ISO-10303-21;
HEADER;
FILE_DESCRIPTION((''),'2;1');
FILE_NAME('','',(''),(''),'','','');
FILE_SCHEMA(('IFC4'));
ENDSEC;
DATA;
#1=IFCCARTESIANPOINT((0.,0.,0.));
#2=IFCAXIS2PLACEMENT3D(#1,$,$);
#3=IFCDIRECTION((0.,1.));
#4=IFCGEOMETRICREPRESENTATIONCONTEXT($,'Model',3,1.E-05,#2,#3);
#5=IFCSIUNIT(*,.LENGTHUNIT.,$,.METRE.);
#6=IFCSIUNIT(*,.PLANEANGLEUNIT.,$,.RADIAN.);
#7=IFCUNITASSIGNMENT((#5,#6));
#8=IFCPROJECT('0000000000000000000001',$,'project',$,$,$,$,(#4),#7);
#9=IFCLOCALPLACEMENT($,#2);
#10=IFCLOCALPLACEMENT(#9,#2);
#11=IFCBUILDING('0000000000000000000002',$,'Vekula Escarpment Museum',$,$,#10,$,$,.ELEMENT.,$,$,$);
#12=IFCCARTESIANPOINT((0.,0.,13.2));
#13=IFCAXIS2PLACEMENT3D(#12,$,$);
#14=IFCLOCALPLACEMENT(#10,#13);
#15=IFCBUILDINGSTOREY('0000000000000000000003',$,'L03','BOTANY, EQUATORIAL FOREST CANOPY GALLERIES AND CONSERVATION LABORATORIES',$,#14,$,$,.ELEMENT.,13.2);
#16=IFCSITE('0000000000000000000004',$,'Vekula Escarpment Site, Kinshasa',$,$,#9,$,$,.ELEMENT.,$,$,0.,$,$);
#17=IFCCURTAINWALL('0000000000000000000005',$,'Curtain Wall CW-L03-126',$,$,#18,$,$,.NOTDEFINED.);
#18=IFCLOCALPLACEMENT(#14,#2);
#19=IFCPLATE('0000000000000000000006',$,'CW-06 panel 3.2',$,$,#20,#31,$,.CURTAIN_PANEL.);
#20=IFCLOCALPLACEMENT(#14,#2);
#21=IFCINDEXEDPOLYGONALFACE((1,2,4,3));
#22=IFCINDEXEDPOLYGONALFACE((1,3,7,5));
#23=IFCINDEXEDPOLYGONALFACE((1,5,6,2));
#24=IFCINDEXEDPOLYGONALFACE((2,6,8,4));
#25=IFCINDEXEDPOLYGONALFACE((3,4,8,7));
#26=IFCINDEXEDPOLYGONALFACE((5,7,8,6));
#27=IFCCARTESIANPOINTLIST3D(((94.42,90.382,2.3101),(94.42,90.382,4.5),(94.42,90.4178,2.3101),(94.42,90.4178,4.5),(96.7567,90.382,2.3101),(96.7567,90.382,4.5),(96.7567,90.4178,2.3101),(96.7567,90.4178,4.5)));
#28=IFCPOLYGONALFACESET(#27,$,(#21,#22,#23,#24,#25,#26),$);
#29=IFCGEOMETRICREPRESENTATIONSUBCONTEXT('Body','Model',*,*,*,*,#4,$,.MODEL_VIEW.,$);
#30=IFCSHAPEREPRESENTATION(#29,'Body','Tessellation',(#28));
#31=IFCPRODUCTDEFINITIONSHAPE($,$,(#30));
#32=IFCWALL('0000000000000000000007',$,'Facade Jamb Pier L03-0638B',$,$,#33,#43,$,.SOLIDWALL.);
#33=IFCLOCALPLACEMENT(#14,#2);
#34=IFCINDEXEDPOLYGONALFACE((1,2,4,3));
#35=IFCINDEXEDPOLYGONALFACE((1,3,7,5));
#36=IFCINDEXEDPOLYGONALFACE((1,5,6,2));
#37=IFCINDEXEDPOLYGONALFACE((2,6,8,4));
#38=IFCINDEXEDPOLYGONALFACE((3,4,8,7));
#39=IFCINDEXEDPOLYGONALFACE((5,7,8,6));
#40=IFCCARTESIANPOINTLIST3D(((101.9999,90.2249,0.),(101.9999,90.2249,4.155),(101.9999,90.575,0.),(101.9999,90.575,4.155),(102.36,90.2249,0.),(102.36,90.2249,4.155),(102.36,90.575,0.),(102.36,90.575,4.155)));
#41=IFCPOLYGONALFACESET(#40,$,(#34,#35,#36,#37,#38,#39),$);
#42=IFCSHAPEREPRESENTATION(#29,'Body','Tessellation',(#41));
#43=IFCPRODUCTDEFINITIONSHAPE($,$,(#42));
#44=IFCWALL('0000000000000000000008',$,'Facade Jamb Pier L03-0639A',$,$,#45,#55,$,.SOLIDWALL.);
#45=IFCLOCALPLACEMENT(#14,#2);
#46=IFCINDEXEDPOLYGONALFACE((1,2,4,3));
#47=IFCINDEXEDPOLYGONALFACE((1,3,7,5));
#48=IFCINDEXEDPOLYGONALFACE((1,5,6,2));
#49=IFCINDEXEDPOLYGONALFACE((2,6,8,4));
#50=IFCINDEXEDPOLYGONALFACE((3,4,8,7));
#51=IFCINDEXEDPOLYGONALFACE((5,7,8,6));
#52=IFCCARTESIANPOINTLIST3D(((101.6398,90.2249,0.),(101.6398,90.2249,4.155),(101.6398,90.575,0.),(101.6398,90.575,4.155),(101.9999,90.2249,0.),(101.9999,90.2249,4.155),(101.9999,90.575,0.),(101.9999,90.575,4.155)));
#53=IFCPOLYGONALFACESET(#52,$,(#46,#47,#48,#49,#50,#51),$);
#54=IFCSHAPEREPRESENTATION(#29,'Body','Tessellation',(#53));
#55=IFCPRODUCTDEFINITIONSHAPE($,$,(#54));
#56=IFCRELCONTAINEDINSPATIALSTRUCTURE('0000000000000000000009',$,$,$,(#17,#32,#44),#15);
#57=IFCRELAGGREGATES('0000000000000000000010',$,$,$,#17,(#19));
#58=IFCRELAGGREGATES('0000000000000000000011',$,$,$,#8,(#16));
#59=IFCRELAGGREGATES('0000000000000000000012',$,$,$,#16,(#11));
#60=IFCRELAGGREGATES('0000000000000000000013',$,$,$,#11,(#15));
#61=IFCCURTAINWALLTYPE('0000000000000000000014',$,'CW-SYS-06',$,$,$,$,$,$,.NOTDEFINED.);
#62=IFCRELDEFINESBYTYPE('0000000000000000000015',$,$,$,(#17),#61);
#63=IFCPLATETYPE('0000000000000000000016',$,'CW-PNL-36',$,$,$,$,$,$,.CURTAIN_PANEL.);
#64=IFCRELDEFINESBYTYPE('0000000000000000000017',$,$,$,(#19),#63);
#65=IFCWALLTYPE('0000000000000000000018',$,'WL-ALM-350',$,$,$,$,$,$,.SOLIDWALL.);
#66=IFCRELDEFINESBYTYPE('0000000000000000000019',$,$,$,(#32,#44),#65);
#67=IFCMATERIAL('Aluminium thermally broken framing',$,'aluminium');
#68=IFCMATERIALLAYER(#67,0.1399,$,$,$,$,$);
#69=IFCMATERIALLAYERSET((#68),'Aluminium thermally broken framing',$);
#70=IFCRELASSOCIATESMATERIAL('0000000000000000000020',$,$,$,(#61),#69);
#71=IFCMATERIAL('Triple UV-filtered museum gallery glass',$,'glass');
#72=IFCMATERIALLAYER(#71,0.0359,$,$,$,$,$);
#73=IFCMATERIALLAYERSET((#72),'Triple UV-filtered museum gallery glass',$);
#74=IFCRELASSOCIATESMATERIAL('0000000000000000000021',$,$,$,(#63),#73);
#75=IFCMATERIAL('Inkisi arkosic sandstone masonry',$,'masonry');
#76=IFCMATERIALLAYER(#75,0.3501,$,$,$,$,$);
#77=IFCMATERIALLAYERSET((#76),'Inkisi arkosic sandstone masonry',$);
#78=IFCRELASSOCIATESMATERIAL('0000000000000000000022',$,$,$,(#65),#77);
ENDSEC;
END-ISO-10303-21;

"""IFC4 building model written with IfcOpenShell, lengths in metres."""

from ifc_helpers import new_model, si_unit, direction, frame, frame_2d, origin, origin_2d, place, context, subcontext, project, spatial, rectangle, extrude, material, layer, layer_set, type_object, element, aggregate, save


model = new_model("IFC4")

# Units and contexts
model_context = context("Model", 3, precision=1e-05, world=origin(), true_north=direction((0.0, 1.0)))
body_context = subcontext(model_context, "Body", "Model", "MODEL_VIEW")
ifc_project = project(units=[si_unit("LENGTHUNIT", "METRE"), si_unit("PLANEANGLEUNIT", "RADIAN")], contexts=[model_context])

# Site, building, storey
site_placement = place(None, origin())
site = spatial("IfcSite", under=ifc_project, at=site_placement, Name="Vekula Escarpment Site, Kinshasa", CompositionType="ELEMENT", RefElevation=0.0)
building_placement = place(site_placement, origin())
building = spatial("IfcBuilding", under=site, at=building_placement, Name="Vekula Escarpment Museum", CompositionType="ELEMENT")
storey_placement = place(building_placement, frame((0.0, 0.0, 13.2)))
storey = spatial("IfcBuildingStorey", under=building, at=storey_placement, Name="L03", Description="BOTANY, EQUATORIAL FOREST CANOPY GALLERIES AND CONSERVATION LABORATORIES", CompositionType="ELEMENT", Elevation=13.2)

# Curtain wall
ifc_material_1 = material(Name="Aluminium thermally broken framing", Category="aluminium")
ifc_layer_1 = layer(ifc_material_1, 0.1399)
ifc_layer_set_1 = layer_set([ifc_layer_1], Name="Aluminium thermally broken framing")
curtain_wall_type_1 = type_object("IfcCurtainWallType", Name="CW-SYS-06", PredefinedType="NOTDEFINED", material=ifc_layer_set_1)
curtain_wall_1_placement = place(storey_placement, origin())
curtain_wall_1 = element("IfcCurtainWall", 1, at=curtain_wall_1_placement, inside=storey, type_object=curtain_wall_type_1, Name="Curtain Wall CW-L03-126", PredefinedType="NOTDEFINED")

# Plate
ifc_material_2 = material(Name="Triple UV-filtered museum gallery glass", Category="glass")
ifc_layer_2 = layer(ifc_material_2, 0.0359)
ifc_layer_set_2 = layer_set([ifc_layer_2], Name="Triple UV-filtered museum gallery glass")
plate_type_1 = type_object("IfcPlateType", Name="CW-PNL-36", PredefinedType="CURTAIN_PANEL", material=ifc_layer_set_2)
plate_1_placement = place(storey_placement, frame((95.5884, 90.3999, 2.3101), z_axis=(0.0, 0.0, 1.0), x_axis=(-1.0, 0.0, 0.0)))
plate_1 = element("IfcPlate", 2, at=plate_1_placement, type_object=plate_type_1, Name="CW-06 panel 3.2", PredefinedType="CURTAIN_PANEL", context=body_context, shape_type="SweptSolid", body=[
    extrude(rectangle(XDim=2.3367, YDim=0.0359, at=origin_2d()), origin(), (0.0, 0.0, 1.0), 2.1899),
])
aggregate(curtain_wall_1, [plate_1])

# Walls
ifc_material_3 = material(Name="Inkisi arkosic sandstone masonry", Category="masonry")
ifc_layer_3 = layer(ifc_material_3, 0.3501)
ifc_layer_set_3 = layer_set([ifc_layer_3], Name="Inkisi arkosic sandstone masonry")
wall_type = type_object("IfcWallType", Name="WL-ALM-350", PredefinedType="SOLIDWALL", material=ifc_layer_set_3)
for number, where, z_axis, x_axis, name in (
    (3, (102.3601, 90.3999, 0.0), (0.0, 0.0, 1.0), (-1.0, 0.0, 0.0), "Facade Jamb Pier L03-0638B"),
    (4, (102.0, 90.3999, 0.0), (0.0, 0.0, 1.0), (-1.0, 0.0, 0.0), "Facade Jamb Pier L03-0639A"),
):
    element("IfcWall", number, at=place(storey_placement, frame(where, z_axis=z_axis, x_axis=x_axis)), inside=storey, type_object=wall_type, Name=name, PredefinedType="SOLIDWALL", context=body_context, shape_type="SweptSolid", body=[
        extrude(rectangle(XDim=0.3601, YDim=0.3501, at=frame_2d((0.1802, 0.0))), origin(), (0.0, 0.0, 1.0), 4.155),
    ])

save(model, "model.ifc")
